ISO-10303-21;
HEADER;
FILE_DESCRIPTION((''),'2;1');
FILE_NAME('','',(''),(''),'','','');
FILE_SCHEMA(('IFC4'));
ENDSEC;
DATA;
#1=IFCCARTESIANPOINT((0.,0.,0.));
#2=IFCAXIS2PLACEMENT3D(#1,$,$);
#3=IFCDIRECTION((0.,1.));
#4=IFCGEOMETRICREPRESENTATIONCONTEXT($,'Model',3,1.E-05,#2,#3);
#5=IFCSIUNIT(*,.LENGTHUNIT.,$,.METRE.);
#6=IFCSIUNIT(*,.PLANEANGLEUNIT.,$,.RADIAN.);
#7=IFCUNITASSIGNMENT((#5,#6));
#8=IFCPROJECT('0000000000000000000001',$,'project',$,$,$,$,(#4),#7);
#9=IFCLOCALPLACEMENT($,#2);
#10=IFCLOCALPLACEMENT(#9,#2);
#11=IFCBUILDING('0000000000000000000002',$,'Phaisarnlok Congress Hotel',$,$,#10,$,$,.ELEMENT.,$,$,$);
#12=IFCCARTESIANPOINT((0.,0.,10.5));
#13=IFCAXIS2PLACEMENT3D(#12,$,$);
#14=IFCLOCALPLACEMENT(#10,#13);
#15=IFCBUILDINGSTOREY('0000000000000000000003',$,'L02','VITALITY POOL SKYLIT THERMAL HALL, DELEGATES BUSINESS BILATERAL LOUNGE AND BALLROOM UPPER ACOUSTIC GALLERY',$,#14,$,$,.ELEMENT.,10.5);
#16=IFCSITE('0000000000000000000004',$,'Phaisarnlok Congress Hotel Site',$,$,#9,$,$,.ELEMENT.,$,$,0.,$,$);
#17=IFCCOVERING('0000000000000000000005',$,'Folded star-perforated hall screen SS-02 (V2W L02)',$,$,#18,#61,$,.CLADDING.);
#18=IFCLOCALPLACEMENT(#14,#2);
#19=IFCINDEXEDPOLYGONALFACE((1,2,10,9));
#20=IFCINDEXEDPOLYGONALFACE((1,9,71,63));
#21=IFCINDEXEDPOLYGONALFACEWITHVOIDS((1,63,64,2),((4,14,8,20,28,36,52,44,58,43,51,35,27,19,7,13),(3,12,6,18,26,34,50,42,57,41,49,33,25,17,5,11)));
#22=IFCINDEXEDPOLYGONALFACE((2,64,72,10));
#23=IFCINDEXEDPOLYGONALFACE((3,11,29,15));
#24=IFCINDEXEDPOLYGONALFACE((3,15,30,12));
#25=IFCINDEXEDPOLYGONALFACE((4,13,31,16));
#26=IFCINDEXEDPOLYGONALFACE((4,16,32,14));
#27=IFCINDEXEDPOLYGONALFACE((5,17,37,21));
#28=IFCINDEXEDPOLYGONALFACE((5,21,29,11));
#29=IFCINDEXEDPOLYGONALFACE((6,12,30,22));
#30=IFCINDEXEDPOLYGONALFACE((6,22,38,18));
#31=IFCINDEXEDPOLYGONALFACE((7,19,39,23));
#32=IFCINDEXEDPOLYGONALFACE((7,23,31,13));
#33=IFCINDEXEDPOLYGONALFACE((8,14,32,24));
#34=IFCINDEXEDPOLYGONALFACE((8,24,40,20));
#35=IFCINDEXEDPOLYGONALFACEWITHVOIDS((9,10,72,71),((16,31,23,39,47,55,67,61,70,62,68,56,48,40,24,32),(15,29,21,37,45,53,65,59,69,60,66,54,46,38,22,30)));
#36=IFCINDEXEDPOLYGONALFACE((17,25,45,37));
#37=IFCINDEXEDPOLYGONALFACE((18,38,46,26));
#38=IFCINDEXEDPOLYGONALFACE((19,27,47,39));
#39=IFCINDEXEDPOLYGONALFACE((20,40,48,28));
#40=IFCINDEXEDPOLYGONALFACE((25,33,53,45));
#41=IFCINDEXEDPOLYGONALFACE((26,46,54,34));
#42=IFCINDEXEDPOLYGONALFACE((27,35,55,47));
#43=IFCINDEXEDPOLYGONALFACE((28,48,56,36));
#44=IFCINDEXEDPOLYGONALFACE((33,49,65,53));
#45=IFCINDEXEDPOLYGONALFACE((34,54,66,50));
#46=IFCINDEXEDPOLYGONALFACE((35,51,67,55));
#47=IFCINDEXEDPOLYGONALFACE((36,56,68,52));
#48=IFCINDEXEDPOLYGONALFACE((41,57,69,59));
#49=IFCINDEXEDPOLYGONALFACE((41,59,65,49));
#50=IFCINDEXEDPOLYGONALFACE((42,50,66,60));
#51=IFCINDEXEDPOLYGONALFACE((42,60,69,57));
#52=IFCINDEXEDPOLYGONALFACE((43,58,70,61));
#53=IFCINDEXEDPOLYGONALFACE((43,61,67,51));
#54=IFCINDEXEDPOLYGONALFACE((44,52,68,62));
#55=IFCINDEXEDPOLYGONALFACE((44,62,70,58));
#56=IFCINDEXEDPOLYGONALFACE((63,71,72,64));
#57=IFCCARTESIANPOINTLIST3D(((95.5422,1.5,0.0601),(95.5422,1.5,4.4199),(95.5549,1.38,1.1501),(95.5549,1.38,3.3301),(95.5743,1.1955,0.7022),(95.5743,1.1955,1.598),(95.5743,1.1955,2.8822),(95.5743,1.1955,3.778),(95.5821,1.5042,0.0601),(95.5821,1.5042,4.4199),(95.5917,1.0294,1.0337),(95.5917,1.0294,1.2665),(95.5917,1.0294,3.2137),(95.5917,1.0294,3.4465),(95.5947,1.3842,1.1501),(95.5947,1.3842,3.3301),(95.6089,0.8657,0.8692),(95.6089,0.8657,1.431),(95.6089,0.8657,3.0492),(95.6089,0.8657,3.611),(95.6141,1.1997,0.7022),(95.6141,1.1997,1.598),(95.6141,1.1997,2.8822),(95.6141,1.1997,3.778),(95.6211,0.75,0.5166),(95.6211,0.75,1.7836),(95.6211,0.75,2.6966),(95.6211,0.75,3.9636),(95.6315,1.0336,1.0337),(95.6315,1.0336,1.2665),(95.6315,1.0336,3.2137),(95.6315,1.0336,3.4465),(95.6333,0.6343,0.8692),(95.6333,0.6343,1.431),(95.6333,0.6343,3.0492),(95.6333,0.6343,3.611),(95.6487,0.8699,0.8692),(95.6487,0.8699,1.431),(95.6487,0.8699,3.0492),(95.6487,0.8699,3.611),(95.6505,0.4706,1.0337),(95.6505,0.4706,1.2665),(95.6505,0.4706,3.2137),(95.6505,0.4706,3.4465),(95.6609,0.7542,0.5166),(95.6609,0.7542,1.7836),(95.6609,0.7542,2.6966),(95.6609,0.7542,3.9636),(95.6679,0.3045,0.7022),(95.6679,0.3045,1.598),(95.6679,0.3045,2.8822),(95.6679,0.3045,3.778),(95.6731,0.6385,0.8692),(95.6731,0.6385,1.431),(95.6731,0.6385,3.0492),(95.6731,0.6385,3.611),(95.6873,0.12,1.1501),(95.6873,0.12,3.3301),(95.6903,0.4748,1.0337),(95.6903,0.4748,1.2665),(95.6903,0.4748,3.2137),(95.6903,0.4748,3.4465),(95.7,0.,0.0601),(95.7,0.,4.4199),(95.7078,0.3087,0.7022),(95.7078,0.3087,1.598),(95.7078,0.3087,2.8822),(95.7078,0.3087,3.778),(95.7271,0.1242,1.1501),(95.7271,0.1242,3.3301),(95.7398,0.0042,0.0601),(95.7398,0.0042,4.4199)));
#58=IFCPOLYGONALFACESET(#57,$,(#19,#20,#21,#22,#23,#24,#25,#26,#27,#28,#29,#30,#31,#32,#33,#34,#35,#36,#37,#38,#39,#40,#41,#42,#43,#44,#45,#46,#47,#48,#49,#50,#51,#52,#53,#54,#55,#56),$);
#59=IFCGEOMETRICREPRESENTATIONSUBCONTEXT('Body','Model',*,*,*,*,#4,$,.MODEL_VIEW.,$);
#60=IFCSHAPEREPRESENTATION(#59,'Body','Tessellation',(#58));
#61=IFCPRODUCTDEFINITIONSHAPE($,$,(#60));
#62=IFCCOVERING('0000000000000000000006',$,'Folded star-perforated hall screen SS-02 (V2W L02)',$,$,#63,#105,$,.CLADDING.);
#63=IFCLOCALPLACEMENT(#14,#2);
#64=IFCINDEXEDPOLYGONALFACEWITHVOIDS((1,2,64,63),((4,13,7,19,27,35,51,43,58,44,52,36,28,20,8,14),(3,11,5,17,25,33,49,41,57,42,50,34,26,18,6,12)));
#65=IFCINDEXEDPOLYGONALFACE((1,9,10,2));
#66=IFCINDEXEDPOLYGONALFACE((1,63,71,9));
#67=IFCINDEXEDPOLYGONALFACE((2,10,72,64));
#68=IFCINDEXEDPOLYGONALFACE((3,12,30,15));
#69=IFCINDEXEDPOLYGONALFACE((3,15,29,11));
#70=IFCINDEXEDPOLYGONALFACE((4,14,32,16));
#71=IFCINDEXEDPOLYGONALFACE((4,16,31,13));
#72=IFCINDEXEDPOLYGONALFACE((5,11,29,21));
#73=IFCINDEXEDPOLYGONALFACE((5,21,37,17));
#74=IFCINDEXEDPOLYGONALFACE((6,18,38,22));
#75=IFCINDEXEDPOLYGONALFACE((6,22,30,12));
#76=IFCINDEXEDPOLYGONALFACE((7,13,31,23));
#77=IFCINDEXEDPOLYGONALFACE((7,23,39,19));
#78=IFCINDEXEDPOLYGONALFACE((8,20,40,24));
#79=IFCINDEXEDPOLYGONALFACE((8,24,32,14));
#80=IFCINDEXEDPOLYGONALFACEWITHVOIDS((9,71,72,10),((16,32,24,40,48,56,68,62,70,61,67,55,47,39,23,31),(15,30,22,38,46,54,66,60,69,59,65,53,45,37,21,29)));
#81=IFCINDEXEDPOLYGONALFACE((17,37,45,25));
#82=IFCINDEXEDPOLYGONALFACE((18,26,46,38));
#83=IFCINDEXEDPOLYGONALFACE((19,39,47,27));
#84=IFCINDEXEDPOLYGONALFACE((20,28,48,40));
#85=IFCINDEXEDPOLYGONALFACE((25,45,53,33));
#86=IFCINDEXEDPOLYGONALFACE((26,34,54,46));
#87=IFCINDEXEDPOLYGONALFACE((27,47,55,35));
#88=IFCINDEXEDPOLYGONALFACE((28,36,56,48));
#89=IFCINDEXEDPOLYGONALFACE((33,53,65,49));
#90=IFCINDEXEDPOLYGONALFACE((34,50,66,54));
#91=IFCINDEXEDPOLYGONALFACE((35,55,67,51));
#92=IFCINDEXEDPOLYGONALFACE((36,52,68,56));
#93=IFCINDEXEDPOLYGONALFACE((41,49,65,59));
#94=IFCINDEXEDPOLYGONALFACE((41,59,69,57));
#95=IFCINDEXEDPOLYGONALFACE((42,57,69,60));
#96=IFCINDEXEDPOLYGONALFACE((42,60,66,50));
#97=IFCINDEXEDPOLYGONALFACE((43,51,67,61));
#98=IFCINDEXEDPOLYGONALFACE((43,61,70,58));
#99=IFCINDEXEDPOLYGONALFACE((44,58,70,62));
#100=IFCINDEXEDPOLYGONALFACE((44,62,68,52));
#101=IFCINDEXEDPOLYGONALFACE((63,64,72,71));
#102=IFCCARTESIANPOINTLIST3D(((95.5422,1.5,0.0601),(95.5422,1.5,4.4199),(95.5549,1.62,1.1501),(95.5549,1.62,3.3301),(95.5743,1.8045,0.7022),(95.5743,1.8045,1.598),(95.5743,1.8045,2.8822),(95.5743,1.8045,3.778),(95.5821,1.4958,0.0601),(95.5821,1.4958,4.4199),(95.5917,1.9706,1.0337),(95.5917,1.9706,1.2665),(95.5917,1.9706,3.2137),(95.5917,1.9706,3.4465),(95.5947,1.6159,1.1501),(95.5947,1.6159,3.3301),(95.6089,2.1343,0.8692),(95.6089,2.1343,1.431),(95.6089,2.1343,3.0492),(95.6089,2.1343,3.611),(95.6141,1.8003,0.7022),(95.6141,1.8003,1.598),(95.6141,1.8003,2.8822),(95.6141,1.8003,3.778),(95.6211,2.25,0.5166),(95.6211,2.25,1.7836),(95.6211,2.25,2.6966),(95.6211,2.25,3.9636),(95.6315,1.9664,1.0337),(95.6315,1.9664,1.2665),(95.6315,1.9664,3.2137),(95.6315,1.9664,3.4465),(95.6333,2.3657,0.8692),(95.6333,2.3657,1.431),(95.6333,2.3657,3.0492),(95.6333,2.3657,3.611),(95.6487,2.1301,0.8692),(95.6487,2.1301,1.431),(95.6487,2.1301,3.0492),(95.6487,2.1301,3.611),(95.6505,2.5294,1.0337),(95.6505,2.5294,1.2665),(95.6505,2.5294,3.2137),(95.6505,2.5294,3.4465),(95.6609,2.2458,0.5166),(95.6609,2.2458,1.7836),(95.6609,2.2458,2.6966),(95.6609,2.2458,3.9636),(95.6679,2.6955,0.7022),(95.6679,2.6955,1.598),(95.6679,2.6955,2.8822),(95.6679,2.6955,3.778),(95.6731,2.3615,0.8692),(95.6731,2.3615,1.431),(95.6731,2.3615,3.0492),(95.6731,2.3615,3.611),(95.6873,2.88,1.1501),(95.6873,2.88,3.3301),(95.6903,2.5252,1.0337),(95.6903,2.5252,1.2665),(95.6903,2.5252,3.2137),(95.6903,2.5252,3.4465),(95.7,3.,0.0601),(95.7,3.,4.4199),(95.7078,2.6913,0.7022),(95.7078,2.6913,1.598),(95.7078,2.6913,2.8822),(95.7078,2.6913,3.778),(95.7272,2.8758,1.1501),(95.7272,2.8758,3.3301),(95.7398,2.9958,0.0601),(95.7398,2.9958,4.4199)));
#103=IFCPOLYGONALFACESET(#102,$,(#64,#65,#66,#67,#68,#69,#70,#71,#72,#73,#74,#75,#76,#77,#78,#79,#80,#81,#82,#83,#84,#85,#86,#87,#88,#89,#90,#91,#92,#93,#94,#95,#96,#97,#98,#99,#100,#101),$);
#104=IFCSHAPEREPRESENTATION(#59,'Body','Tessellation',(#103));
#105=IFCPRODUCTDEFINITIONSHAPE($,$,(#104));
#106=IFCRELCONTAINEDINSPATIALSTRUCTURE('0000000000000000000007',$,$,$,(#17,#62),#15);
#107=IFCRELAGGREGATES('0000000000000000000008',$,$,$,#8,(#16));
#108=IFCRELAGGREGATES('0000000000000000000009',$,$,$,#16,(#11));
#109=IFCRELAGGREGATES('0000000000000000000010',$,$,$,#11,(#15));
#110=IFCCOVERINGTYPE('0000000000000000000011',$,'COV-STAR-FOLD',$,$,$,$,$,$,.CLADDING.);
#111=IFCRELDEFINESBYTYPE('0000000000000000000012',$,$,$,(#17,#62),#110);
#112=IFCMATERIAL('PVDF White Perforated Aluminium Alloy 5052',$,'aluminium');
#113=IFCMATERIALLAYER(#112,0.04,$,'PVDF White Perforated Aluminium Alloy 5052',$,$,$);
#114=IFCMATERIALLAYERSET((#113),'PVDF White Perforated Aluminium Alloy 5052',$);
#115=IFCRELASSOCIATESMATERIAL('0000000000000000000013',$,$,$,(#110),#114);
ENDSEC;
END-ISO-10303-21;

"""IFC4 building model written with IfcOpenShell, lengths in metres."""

from ifc_helpers import new_model, si_unit, direction, frame, origin, place, context, subcontext, project, spatial, polyline, outline, extrude, material, layer, layer_set, type_object, element, save


model = new_model("IFC4")

# Units and contexts
model_context = context("Model", 3, precision=1e-05, world=origin(), true_north=direction((0.0, 1.0)))
body_context = subcontext(model_context, "Body", "Model", "MODEL_VIEW")
ifc_project = project(units=[si_unit("LENGTHUNIT", "METRE"), si_unit("PLANEANGLEUNIT", "RADIAN")], contexts=[model_context])

# Site, building, storey
site_placement = place(None, origin())
site = spatial("IfcSite", under=ifc_project, at=site_placement, Name="Phaisarnlok Congress Hotel Site", CompositionType="ELEMENT", RefElevation=0.0)
building_placement = place(site_placement, origin())
building = spatial("IfcBuilding", under=site, at=building_placement, Name="Phaisarnlok Congress Hotel", CompositionType="ELEMENT")
storey_placement = place(building_placement, frame((0.0, 0.0, 10.5)))
storey = spatial("IfcBuildingStorey", under=building, at=storey_placement, Name="L02", Description="VITALITY POOL SKYLIT THERMAL HALL, DELEGATES BUSINESS BILATERAL LOUNGE AND BALLROOM UPPER ACOUSTIC GALLERY", CompositionType="ELEMENT", Elevation=10.5)

# Coverings
ifc_material_1 = material(Name="PVDF White Perforated Aluminium Alloy 5052", Category="aluminium")
ifc_layer_1 = layer(ifc_material_1, 0.04, Name="PVDF White Perforated Aluminium Alloy 5052")
ifc_layer_set_1 = layer_set([ifc_layer_1], Name="PVDF White Perforated Aluminium Alloy 5052")
covering_type = type_object("IfcCoveringType", Name="COV-STAR-FOLD", PredefinedType="CLADDING", material=ifc_layer_set_1)
for number, where, z_axis, x_axis, name in (
    (1, (95.7, 0.0, 0.0601), (0.994518, 0.104567, 0.0), (-0.104567, 0.994518, 0.0), "Folded star-perforated hall screen SS-02 (V2W L02)"),
    (2, (95.5422, 1.5, 0.0601), (0.994518, -0.104567, 0.0), (0.104567, 0.994518, 0.0), "Folded star-perforated hall screen SS-02 (V2W L02)"),
):
    element("IfcCovering", number, at=place(storey_placement, frame(where, z_axis=z_axis, x_axis=x_axis)), inside=storey, type_object=covering_type, Name=name, PredefinedType="CLADDING", context=body_context, shape_type="SweptSolid", body=[
        extrude(outline(polyline([(0.0, 0.0), (1.5083, 0.0), (1.5083, 4.3599), (0.0, 4.3599), (0.0, 0.0)]), holes=[polyline([(1.0351, 0.9736), (1.2021, 0.6421), (0.8705, 0.8091), (0.7541, 0.4565), (0.6378, 0.8091), (0.3062, 0.6421), (0.4732, 0.9736), (0.1207, 1.09), (0.4732, 1.2064), (0.3062, 1.5379), (0.6378, 1.3709), (0.7541, 1.7235), (0.8705, 1.3709), (1.2021, 1.5379), (1.0351, 1.2064), (1.3876, 1.09), (1.0351, 0.9736)]), polyline([(1.0351, 3.1536), (1.2021, 2.8221), (0.8705, 2.9891), (0.7541, 2.6365), (0.6378, 2.9891), (0.3062, 2.8221), (0.4732, 3.1536), (0.1207, 3.27), (0.4732, 3.3864), (0.3062, 3.7179), (0.6378, 3.5509), (0.7541, 3.9035), (0.8705, 3.5509), (1.2021, 3.7179), (1.0351, 3.3864), (1.3876, 3.27), (1.0351, 3.1536)])]), origin(), (0.0, 0.0, 1.0), 0.04),
    ])

save(model, "model.ifc")
